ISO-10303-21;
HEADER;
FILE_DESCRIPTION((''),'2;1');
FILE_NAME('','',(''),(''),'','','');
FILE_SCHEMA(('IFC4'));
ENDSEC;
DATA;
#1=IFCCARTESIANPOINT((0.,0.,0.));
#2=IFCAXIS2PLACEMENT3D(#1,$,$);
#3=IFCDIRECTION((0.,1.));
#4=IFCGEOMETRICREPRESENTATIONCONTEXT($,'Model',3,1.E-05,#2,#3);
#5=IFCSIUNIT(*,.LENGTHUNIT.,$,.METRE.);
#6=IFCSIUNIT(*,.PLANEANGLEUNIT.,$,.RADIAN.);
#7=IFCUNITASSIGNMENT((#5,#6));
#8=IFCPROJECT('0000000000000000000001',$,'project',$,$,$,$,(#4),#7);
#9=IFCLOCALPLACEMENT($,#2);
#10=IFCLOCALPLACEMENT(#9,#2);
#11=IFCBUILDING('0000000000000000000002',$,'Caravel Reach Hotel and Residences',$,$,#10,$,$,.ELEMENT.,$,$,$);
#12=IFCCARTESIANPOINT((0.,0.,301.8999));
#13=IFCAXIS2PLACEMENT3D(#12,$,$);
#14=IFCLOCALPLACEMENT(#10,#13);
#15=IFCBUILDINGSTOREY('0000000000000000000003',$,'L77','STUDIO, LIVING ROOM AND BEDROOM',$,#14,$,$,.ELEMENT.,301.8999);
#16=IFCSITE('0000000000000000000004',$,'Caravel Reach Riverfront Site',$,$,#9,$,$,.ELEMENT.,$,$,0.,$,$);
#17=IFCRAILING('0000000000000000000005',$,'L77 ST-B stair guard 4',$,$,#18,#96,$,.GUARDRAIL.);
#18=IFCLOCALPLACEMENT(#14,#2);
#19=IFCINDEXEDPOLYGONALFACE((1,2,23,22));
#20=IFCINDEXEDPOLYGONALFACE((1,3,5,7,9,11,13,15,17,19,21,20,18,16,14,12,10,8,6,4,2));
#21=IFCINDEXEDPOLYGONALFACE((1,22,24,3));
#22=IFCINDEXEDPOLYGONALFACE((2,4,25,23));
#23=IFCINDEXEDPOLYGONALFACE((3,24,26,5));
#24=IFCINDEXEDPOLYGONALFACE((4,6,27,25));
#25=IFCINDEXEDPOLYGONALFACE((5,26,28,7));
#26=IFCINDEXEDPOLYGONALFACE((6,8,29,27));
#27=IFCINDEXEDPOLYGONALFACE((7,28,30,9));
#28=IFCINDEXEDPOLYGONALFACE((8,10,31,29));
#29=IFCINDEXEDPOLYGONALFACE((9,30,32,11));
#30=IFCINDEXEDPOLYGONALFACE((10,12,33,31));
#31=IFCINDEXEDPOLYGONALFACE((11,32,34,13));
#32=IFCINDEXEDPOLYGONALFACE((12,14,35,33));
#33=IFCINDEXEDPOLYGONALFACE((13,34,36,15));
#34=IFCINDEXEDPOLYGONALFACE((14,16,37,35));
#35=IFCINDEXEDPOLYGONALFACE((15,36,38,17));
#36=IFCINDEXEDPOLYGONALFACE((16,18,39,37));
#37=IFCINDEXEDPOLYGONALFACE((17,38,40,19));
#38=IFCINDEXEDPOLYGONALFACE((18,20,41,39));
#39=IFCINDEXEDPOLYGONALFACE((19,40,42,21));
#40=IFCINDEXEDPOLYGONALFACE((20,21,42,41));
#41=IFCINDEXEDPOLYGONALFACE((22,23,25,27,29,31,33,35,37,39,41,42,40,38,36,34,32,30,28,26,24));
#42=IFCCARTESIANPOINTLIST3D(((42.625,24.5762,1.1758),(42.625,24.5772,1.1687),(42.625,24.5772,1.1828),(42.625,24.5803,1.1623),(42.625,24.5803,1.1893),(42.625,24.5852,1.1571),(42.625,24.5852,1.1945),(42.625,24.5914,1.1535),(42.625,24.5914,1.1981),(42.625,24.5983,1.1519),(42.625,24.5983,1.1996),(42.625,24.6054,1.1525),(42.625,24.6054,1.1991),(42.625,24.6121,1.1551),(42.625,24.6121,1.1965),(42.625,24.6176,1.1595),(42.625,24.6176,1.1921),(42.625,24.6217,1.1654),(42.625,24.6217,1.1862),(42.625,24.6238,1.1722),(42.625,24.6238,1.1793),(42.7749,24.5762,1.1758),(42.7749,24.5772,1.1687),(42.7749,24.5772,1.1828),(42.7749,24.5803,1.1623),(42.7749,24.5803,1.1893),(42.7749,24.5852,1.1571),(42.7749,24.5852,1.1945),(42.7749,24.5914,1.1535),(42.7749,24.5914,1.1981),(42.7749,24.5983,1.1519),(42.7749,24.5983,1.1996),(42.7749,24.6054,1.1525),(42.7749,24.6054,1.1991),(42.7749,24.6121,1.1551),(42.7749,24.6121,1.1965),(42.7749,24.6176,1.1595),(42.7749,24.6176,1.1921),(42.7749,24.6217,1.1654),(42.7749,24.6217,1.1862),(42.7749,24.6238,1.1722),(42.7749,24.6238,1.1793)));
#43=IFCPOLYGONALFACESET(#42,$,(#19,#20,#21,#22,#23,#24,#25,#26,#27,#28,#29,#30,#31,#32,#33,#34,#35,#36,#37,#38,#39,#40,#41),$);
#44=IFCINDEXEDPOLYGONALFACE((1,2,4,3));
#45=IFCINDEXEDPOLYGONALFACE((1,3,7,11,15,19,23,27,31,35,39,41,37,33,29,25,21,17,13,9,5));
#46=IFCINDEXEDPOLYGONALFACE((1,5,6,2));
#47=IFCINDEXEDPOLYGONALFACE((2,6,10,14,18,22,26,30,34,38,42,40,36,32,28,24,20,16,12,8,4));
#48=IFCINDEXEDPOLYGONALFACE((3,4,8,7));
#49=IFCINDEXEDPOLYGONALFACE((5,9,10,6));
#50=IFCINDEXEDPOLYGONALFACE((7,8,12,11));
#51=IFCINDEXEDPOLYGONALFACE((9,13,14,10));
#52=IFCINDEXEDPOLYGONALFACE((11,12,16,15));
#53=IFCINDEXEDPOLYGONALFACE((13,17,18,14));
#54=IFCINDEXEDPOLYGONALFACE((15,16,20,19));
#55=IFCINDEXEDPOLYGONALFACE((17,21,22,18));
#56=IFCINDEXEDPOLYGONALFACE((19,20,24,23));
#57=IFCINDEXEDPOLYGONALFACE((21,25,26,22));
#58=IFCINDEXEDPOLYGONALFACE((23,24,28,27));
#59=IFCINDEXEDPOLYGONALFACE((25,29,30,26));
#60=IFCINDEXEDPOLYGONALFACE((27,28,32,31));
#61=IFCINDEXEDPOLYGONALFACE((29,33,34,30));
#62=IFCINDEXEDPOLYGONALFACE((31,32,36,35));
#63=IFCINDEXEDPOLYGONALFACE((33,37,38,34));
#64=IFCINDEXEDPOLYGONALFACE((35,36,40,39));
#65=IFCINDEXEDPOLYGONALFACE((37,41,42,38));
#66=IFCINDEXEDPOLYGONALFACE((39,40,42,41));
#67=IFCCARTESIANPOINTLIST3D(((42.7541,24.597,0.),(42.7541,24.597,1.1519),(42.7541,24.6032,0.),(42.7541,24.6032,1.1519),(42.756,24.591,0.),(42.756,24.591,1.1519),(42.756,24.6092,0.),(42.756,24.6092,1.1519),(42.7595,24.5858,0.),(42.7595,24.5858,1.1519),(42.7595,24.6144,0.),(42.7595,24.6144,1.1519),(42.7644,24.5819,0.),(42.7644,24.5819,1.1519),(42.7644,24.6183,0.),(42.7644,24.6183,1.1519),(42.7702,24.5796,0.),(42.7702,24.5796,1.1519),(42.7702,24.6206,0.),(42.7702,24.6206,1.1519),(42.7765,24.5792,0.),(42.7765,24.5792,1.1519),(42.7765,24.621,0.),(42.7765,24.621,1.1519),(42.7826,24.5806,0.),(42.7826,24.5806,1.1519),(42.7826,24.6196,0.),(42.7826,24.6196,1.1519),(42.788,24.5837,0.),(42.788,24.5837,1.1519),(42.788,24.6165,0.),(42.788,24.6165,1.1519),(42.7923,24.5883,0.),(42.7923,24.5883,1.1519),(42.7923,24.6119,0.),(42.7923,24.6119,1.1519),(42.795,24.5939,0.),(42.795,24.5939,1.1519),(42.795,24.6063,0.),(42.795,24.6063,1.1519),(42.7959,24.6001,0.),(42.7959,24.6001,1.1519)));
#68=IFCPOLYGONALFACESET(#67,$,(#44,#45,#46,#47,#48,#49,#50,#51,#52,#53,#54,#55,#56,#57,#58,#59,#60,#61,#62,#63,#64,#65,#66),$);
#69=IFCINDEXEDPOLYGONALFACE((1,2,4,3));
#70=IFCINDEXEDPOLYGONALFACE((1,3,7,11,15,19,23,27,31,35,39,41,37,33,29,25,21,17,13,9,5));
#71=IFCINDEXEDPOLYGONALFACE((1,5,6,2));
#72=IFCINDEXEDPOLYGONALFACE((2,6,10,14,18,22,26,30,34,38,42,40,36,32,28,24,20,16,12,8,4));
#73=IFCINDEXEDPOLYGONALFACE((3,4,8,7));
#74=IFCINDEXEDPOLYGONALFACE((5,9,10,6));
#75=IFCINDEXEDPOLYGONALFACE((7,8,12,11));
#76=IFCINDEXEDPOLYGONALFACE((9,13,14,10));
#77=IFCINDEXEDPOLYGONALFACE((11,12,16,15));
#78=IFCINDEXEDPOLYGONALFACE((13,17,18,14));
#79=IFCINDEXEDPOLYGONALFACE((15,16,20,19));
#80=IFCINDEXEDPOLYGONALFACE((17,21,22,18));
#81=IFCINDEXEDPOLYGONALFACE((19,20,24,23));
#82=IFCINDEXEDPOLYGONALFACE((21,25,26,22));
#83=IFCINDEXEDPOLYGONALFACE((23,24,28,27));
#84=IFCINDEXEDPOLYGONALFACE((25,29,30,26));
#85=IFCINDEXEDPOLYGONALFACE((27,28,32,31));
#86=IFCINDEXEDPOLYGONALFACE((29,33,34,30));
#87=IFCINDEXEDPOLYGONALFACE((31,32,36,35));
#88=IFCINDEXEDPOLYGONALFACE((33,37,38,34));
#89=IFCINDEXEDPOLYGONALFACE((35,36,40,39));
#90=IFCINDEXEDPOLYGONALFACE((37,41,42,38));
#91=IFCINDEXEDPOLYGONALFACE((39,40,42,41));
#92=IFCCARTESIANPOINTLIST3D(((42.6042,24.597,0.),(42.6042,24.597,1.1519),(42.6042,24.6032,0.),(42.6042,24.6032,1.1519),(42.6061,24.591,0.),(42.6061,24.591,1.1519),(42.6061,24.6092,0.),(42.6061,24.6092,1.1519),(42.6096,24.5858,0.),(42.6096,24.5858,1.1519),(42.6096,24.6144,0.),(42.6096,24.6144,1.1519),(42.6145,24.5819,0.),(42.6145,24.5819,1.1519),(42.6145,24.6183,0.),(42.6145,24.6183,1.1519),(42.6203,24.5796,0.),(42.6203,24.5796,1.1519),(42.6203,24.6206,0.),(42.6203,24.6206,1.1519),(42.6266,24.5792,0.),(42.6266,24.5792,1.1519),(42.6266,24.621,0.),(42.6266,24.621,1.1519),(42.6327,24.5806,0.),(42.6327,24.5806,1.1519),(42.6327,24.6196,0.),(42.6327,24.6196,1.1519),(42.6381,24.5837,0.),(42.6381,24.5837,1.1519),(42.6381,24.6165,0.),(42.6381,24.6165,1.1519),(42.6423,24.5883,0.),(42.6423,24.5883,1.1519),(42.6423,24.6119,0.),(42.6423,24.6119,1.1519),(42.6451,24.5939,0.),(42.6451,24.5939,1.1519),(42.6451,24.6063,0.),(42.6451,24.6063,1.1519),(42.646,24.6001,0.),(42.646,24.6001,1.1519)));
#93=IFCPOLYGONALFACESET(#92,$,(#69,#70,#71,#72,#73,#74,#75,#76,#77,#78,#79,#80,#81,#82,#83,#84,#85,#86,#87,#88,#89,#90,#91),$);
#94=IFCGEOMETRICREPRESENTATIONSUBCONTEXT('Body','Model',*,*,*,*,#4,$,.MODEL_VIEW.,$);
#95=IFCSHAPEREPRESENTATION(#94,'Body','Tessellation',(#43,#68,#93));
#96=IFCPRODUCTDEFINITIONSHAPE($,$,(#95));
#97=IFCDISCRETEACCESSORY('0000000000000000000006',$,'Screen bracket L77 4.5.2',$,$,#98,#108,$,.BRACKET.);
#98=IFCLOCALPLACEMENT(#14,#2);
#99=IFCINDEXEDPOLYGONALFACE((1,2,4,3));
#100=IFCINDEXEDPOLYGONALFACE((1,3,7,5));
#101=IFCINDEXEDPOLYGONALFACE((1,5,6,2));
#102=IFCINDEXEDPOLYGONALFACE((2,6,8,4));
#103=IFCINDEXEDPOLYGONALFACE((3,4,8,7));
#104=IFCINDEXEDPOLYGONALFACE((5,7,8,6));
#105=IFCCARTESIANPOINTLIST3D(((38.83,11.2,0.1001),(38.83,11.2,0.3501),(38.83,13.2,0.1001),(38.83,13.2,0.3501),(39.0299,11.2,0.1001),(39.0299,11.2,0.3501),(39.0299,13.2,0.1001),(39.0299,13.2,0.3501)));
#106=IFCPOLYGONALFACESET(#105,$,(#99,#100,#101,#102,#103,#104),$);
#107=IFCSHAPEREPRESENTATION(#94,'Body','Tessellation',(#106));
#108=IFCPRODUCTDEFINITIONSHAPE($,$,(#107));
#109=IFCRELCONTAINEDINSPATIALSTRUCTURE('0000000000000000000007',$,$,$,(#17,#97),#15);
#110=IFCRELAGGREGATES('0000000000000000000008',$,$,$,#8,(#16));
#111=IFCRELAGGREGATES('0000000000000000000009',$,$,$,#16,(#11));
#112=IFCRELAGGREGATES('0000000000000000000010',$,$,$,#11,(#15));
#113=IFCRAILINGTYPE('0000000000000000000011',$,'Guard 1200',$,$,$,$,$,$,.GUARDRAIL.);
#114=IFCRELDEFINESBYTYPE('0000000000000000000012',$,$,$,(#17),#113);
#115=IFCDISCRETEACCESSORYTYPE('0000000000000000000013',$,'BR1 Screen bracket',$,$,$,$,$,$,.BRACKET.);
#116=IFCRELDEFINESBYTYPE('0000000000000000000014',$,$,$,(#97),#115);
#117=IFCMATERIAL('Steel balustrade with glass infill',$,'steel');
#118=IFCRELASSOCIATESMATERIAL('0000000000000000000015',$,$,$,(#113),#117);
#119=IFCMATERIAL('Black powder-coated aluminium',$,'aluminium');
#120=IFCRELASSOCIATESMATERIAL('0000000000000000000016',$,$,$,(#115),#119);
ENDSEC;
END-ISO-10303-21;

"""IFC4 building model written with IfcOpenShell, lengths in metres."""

from ifc_helpers import new_model, si_unit, direction, frame, origin, origin_2d, place, context, subcontext, project, spatial, rectangle, circle, extrude, material, type_object, element, save


model = new_model("IFC4")

# Units and contexts
model_context = context("Model", 3, precision=1e-05, world=origin(), true_north=direction((0.0, 1.0)))
body_context = subcontext(model_context, "Body", "Model", "MODEL_VIEW")
ifc_project = project(units=[si_unit("LENGTHUNIT", "METRE"), si_unit("PLANEANGLEUNIT", "RADIAN")], contexts=[model_context])

# Site, building, storey
site_placement = place(None, origin())
site = spatial("IfcSite", under=ifc_project, at=site_placement, Name="Caravel Reach Riverfront Site", CompositionType="ELEMENT", RefElevation=0.0)
building_placement = place(site_placement, origin())
building = spatial("IfcBuilding", under=site, at=building_placement, Name="Caravel Reach Hotel and Residences", CompositionType="ELEMENT")
storey_placement = place(building_placement, frame((0.0, 0.0, 301.8999)))
storey = spatial("IfcBuildingStorey", under=building, at=storey_placement, Name="L77", Description="STUDIO, LIVING ROOM AND BEDROOM", CompositionType="ELEMENT", Elevation=301.8999)

# Railing
ifc_material_1 = material(Name="Steel balustrade with glass infill", Category="steel")
railing_type = type_object("IfcRailingType", Name="Guard 1200", PredefinedType="GUARDRAIL", material=ifc_material_1)
railing_1_placement = place(storey_placement, frame((42.7749, 24.6001, 0.0)))
element("IfcRailing", 1, at=railing_1_placement, inside=storey, type_object=railing_type, Name="L77 ST-B stair guard 4", PredefinedType="GUARDRAIL", context=body_context, shape_type="SweptSolid", body=[
    extrude(circle(Radius=0.0239, at=origin_2d()), frame((0.0, 0.0, 1.1758), z_axis=(-1.0, 0.0, 0.0), x_axis=(0.0, -1.0, 0.0)), (0.0, 0.0, 1.0), 0.1499),
    extrude(circle(Radius=0.021, at=origin_2d()), origin(), (0.0, 0.0, 1.0), 1.1519),
    extrude(circle(Radius=0.021, at=origin_2d()), frame((-0.1499, 0.0, 0.0)), (0.0, 0.0, 1.0), 1.1519),
])

# Discrete accessory
ifc_material_2 = material(Name="Black powder-coated aluminium", Category="aluminium")
discrete_accessory_type = type_object("IfcDiscreteAccessoryType", Name="BR1 Screen bracket", PredefinedType="BRACKET", material=ifc_material_2)
discrete_accessory_placement = place(storey_placement, frame((38.9299, 12.2, 0.1001), z_axis=(0.0, 0.0, 1.0), x_axis=(0.0, -1.0, 0.0)))
element("IfcDiscreteAccessory", 2, at=discrete_accessory_placement, inside=storey, type_object=discrete_accessory_type, Name="Screen bracket L77 4.5.2", PredefinedType="BRACKET", context=body_context, shape_type="SweptSolid", body=[
    extrude(rectangle(XDim=2.0, YDim=0.2, at=origin_2d()), origin(), (0.0, 0.0, 1.0), 0.25),
])

save(model, "model.ifc")
